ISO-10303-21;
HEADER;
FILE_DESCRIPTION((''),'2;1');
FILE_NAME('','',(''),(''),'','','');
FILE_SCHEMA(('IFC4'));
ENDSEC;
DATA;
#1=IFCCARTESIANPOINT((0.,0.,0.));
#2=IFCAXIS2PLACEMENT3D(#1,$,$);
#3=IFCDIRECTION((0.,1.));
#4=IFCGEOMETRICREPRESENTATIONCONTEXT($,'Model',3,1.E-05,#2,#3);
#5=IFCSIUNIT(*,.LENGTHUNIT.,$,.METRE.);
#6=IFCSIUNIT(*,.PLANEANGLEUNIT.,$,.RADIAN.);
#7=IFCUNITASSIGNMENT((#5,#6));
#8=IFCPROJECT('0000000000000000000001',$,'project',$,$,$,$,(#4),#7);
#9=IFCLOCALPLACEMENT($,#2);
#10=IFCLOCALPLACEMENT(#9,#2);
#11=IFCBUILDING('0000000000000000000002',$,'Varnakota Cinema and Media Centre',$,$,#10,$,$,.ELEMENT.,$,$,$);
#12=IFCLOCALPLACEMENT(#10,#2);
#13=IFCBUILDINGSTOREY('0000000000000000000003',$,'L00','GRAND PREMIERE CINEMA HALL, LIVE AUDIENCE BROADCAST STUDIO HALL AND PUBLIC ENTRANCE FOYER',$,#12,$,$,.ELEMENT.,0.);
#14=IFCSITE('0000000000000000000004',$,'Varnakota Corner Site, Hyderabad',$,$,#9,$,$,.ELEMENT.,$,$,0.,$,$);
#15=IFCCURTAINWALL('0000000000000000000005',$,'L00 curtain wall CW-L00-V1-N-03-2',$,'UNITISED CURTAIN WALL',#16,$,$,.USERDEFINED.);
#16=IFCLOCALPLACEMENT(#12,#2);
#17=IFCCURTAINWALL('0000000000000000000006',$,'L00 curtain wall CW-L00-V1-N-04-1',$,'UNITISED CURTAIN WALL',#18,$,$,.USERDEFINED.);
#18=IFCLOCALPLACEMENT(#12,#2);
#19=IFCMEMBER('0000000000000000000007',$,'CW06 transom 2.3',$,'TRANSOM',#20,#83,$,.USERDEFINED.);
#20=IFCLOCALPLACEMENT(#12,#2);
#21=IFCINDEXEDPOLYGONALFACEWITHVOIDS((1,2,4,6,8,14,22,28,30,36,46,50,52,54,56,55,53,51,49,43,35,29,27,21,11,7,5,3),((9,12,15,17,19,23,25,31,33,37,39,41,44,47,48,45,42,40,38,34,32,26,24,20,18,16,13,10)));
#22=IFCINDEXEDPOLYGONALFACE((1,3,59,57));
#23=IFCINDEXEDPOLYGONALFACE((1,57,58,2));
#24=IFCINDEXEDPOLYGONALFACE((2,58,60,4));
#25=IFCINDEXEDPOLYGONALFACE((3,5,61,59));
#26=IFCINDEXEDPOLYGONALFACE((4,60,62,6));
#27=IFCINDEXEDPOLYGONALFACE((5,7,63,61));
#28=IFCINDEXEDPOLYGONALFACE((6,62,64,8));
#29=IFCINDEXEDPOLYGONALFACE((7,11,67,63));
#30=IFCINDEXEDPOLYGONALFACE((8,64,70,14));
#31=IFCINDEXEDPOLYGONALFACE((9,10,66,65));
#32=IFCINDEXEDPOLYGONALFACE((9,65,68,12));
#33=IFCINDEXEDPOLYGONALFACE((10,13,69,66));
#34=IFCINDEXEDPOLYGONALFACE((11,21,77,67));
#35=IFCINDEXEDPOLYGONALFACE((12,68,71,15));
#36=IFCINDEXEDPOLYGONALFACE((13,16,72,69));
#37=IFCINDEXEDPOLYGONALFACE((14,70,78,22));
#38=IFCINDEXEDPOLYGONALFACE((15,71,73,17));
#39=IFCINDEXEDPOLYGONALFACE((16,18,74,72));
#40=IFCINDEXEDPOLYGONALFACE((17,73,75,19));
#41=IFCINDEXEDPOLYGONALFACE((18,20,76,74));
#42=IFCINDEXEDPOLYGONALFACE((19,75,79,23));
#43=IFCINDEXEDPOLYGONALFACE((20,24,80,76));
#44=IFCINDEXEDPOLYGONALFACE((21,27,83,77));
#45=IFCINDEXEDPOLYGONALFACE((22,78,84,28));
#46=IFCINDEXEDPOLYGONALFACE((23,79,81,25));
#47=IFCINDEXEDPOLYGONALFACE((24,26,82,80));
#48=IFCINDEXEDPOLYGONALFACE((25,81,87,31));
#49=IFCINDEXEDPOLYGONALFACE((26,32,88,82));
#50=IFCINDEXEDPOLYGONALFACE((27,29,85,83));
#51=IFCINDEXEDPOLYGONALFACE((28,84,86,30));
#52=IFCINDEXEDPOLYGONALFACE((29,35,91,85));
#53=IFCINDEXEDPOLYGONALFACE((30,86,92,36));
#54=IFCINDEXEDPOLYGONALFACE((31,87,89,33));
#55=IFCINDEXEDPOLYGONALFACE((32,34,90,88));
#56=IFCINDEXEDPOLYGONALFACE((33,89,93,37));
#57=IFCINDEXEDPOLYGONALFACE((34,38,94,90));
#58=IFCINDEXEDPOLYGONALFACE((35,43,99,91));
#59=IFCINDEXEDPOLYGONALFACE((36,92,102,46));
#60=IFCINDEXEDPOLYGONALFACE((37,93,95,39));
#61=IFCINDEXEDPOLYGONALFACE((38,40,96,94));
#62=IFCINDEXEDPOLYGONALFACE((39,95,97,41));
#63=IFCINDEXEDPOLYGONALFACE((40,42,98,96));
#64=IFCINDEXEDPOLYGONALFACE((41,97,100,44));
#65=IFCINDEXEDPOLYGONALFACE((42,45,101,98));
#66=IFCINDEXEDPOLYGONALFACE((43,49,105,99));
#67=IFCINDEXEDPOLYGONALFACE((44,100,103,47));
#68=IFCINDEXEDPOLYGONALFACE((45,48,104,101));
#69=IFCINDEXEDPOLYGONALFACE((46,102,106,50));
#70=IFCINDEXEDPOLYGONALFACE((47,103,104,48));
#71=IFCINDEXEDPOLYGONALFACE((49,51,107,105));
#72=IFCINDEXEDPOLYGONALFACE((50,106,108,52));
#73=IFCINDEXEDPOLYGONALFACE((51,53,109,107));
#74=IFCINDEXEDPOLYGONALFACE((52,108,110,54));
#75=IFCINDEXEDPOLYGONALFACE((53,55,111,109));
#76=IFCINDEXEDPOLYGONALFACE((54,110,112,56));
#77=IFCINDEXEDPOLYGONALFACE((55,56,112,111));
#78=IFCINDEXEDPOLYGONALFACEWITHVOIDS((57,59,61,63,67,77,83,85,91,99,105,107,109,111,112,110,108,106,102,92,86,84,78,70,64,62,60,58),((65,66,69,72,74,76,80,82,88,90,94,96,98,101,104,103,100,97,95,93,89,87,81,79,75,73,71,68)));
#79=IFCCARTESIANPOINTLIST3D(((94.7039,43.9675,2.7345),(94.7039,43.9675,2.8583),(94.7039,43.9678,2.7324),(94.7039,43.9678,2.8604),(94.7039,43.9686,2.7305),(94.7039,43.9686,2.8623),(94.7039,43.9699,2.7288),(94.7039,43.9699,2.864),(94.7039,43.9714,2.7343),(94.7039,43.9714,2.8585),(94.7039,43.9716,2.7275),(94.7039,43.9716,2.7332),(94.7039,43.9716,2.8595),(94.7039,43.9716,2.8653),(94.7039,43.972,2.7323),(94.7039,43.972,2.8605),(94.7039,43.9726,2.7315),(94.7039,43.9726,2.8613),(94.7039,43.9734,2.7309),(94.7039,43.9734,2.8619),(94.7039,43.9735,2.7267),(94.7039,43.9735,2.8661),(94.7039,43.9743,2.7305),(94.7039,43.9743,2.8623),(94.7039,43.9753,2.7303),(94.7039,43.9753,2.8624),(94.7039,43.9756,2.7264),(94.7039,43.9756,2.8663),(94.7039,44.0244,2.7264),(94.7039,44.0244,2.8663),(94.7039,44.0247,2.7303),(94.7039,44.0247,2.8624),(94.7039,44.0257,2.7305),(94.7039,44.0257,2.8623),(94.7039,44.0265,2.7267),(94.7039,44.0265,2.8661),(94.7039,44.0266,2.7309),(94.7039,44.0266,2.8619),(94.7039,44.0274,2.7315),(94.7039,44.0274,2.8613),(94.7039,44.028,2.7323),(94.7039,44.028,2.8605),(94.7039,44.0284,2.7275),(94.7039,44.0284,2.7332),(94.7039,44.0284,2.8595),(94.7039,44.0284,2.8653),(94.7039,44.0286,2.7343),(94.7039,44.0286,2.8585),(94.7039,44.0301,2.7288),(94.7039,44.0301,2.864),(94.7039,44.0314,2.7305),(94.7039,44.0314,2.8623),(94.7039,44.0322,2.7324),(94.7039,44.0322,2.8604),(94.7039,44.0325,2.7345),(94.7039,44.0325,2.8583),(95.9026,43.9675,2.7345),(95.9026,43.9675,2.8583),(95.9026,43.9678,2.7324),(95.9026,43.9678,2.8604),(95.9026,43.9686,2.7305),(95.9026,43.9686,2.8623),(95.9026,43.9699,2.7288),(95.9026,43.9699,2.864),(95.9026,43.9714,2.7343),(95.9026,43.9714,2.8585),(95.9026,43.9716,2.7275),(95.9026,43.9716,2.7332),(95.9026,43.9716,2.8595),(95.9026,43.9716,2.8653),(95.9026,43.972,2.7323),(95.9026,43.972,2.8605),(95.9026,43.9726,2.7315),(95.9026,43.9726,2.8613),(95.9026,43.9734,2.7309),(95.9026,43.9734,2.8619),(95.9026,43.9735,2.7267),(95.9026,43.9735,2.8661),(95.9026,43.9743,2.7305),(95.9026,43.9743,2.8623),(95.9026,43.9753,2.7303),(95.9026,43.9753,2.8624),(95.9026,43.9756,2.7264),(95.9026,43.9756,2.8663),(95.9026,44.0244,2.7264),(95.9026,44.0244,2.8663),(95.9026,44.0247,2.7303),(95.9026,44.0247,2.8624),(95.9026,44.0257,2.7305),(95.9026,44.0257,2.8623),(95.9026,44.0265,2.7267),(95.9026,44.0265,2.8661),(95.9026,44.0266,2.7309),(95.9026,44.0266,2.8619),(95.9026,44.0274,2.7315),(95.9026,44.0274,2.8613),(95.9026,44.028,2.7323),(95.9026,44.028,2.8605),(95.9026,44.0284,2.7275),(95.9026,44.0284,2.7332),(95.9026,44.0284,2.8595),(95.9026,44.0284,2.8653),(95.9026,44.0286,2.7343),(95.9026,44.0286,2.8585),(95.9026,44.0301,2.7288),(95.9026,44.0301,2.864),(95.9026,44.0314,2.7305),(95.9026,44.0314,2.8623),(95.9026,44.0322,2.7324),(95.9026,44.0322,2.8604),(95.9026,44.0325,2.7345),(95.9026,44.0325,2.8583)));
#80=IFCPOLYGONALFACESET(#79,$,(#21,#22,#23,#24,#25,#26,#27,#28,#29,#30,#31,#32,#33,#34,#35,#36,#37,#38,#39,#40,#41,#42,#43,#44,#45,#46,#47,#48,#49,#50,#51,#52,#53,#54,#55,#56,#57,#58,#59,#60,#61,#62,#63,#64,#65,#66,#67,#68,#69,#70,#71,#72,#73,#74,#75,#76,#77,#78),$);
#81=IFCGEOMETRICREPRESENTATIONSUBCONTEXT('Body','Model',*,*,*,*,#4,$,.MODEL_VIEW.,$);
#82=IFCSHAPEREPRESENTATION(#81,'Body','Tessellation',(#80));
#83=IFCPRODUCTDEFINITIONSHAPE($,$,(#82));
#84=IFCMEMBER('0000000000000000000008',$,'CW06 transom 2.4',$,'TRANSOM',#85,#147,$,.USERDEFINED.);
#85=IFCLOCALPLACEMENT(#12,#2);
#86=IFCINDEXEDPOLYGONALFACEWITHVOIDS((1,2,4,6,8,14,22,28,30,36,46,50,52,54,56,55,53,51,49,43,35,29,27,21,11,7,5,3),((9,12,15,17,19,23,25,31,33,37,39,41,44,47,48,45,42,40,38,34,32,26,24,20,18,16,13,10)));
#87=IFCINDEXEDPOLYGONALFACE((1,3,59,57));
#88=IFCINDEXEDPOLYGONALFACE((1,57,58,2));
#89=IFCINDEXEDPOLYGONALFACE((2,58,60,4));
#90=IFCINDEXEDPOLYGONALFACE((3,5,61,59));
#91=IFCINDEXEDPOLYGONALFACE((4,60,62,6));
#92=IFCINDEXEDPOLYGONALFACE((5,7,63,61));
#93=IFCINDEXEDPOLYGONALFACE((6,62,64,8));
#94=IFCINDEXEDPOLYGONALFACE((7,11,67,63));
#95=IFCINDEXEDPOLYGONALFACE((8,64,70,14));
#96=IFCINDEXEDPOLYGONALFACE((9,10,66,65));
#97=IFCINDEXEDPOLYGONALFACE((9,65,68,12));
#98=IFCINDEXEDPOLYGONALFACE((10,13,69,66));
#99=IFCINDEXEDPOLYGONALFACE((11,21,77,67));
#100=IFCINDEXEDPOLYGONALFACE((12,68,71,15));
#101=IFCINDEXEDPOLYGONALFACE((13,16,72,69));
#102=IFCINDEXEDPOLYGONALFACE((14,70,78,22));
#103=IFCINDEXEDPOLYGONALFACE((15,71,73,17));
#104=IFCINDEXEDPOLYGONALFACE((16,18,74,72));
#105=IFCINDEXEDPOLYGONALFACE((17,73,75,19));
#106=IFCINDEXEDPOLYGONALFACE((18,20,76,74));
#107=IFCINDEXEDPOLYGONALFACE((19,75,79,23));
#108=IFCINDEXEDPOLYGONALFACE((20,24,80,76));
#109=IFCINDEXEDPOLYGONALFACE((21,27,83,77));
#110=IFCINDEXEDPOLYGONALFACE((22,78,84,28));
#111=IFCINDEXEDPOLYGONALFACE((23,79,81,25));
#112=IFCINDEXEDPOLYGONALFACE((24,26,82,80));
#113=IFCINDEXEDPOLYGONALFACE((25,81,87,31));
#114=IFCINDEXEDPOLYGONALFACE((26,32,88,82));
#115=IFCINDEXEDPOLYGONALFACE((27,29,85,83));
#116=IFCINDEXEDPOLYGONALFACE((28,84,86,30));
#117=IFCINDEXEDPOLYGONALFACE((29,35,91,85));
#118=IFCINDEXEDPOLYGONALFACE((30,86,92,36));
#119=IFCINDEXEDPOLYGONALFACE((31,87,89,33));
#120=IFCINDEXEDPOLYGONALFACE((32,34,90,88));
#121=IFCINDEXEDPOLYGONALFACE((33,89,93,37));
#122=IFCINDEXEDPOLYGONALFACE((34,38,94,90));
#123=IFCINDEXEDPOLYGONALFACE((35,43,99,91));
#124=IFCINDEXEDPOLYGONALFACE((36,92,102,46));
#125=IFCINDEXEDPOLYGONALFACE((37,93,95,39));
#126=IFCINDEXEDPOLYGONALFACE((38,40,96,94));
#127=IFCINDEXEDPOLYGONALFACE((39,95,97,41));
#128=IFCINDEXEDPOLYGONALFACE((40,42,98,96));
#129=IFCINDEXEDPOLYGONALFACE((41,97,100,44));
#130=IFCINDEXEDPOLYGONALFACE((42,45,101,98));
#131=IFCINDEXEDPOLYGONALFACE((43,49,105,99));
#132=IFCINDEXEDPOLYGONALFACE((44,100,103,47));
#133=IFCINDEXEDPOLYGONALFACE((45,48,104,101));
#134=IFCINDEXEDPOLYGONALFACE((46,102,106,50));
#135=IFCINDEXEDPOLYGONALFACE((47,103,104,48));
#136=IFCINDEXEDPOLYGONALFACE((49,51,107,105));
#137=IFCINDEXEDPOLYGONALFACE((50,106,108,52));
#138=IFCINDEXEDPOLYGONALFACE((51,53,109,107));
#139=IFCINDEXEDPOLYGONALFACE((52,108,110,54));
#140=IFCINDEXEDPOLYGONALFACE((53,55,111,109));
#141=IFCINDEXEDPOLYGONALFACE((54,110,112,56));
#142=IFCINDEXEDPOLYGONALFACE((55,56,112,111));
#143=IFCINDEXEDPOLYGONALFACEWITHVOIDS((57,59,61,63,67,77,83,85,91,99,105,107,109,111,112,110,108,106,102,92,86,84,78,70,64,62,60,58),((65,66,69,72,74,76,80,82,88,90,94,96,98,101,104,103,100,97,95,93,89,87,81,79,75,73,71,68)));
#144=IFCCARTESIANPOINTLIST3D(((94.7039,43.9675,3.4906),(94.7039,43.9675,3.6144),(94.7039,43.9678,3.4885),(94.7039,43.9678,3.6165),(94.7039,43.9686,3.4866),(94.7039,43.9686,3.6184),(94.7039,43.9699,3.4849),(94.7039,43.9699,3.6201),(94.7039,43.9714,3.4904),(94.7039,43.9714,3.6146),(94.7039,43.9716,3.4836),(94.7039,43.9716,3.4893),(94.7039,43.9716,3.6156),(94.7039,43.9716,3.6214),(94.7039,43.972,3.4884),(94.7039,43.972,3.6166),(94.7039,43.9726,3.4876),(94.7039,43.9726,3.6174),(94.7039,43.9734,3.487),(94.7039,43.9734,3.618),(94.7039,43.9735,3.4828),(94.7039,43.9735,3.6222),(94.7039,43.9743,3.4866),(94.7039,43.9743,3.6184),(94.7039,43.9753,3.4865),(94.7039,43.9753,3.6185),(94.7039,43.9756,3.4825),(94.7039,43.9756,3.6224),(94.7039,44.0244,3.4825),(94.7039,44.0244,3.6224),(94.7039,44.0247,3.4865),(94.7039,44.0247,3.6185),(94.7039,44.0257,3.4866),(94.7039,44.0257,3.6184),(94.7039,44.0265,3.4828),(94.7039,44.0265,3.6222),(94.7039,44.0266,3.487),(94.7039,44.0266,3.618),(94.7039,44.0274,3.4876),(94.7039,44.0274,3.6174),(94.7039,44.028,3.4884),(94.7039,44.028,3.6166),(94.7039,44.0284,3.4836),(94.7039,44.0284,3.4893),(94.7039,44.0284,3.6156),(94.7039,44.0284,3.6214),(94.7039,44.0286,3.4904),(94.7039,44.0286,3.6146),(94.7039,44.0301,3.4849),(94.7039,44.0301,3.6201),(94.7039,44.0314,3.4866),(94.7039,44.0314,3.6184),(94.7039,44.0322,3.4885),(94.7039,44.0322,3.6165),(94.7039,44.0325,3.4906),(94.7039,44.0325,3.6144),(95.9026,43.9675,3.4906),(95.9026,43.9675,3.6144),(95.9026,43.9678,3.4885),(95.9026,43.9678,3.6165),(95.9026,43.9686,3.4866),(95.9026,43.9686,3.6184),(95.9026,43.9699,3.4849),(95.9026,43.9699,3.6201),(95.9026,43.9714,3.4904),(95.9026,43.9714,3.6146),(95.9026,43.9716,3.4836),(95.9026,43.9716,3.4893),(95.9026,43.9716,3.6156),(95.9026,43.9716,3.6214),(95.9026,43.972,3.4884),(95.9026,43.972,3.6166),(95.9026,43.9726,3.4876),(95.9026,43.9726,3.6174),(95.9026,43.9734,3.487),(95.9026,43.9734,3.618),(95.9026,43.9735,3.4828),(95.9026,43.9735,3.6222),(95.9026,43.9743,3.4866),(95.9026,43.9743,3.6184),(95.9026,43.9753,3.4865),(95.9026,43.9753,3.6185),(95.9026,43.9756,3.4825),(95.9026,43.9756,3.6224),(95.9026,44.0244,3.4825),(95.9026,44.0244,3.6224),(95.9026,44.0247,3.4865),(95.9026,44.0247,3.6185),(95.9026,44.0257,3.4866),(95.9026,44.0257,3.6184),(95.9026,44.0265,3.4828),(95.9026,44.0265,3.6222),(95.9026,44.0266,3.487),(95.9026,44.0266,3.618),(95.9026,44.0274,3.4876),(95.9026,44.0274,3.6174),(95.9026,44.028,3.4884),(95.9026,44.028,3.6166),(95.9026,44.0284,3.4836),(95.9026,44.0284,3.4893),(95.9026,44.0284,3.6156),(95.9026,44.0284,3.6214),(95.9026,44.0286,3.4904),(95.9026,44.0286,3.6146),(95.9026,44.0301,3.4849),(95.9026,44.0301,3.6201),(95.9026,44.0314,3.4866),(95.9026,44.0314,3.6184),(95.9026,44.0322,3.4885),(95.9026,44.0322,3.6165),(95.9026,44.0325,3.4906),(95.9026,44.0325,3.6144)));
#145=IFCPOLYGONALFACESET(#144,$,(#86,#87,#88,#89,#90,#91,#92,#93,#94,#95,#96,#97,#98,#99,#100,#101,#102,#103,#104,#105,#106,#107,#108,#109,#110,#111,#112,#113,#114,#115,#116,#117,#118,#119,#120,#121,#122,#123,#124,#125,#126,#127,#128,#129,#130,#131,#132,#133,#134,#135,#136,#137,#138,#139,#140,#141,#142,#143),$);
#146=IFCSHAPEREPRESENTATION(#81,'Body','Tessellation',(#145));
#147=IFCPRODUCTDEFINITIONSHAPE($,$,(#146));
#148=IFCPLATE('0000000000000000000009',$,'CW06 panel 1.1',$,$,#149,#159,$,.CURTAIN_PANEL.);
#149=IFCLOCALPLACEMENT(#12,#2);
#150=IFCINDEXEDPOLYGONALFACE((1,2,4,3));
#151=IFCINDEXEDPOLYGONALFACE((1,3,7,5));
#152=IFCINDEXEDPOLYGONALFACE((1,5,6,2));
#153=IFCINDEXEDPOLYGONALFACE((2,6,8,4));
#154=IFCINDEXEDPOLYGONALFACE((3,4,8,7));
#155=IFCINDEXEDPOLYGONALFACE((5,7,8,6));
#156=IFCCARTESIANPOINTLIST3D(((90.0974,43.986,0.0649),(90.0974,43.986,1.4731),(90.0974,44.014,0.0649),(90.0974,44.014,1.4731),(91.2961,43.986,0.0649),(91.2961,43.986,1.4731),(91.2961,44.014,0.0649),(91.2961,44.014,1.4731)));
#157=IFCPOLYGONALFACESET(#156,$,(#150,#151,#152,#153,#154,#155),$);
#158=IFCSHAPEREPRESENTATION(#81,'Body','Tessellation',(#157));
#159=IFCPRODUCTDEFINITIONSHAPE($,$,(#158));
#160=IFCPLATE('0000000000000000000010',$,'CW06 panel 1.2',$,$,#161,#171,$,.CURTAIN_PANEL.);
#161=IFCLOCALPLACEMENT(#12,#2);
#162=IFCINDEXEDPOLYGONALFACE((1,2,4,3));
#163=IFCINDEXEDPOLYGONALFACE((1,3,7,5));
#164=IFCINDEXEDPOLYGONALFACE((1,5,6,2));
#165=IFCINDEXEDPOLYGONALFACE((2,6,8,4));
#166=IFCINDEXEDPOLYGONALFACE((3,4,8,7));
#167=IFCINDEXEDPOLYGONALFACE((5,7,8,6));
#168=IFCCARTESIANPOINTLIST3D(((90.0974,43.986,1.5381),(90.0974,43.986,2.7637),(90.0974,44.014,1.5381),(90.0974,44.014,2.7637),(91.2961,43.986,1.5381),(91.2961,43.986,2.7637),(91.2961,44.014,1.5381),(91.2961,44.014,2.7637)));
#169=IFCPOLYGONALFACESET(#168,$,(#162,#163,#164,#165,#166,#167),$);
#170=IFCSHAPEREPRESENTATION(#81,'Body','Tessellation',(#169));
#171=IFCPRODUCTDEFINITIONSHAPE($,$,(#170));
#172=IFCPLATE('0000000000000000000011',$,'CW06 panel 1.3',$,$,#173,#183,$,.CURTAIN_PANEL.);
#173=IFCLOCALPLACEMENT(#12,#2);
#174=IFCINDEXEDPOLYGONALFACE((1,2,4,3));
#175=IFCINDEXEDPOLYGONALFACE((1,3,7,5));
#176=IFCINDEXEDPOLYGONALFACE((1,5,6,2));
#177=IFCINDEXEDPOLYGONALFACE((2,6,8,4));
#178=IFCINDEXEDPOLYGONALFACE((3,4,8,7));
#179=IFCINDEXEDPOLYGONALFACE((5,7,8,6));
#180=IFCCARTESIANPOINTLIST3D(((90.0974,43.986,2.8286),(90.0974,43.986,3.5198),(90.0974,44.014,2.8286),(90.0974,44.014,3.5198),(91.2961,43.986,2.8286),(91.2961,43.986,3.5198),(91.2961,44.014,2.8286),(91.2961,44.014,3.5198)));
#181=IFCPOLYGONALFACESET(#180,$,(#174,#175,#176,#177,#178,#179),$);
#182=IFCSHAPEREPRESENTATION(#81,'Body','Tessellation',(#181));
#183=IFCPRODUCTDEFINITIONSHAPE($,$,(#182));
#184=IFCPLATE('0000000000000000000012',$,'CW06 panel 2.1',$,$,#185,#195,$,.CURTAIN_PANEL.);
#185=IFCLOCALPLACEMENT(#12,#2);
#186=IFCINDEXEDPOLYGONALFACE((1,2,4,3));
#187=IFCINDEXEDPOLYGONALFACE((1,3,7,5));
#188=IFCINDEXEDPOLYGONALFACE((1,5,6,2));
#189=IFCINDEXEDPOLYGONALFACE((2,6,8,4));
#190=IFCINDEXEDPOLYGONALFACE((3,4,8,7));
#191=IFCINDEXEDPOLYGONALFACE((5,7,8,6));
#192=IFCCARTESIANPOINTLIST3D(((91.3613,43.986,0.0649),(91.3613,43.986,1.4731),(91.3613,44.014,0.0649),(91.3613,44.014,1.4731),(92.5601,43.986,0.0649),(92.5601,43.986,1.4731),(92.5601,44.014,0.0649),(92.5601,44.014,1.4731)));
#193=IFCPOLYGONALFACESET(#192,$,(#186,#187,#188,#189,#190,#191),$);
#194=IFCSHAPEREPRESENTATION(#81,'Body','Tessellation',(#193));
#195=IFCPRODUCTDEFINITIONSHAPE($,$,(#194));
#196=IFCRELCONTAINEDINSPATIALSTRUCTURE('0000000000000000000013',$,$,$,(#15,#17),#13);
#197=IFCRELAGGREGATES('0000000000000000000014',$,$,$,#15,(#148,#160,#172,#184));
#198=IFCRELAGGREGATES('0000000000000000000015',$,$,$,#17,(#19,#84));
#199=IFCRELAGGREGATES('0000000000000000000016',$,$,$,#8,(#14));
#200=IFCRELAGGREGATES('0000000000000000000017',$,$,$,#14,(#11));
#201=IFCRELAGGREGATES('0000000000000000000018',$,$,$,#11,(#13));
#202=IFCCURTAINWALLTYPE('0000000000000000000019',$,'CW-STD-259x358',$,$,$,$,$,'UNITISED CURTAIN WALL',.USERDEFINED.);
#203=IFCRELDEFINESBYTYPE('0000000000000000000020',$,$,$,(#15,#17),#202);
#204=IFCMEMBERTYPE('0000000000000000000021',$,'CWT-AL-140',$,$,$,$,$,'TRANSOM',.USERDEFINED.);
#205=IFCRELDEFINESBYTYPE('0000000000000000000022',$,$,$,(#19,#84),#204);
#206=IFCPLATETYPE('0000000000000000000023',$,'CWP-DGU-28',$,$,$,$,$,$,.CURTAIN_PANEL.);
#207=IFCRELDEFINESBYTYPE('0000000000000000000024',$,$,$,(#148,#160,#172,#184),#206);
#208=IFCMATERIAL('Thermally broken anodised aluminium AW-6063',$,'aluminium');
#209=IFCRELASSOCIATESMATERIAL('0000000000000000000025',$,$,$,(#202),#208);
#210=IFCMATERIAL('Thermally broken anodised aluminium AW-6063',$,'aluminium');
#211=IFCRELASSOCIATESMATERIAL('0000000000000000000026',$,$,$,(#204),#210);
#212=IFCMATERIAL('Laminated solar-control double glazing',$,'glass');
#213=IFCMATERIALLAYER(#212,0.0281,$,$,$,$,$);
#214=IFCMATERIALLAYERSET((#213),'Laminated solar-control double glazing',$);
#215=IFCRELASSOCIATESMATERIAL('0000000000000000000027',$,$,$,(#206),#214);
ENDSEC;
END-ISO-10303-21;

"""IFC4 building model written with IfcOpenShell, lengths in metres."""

from ifc_helpers import new_model, si_unit, direction, frame, origin, origin_2d, place, context, subcontext, project, spatial, rectangle, hollow_rectangle, extrude, material, layer, layer_set, material_profile, profile_set, type_object, element, aggregate, save


model = new_model("IFC4")

# Units and contexts
model_context = context("Model", 3, precision=1e-05, world=origin(), true_north=direction((0.0, 1.0)))
body_context = subcontext(model_context, "Body", "Model", "MODEL_VIEW")
ifc_project = project(units=[si_unit("LENGTHUNIT", "METRE"), si_unit("PLANEANGLEUNIT", "RADIAN")], contexts=[model_context])

# Site, building, storey
site_placement = place(None, origin())
site = spatial("IfcSite", under=ifc_project, at=site_placement, Name="Varnakota Corner Site, Hyderabad", CompositionType="ELEMENT", RefElevation=0.0)
building_placement = place(site_placement, origin())
building = spatial("IfcBuilding", under=site, at=building_placement, Name="Varnakota Cinema and Media Centre", CompositionType="ELEMENT")
storey_placement = place(building_placement, origin())
storey = spatial("IfcBuildingStorey", under=building, at=storey_placement, Name="L00", Description="GRAND PREMIERE CINEMA HALL, LIVE AUDIENCE BROADCAST STUDIO HALL AND PUBLIC ENTRANCE FOYER", CompositionType="ELEMENT", Elevation=0.0)

# Curtain walls
ifc_material_1 = material(Name="Thermally broken anodised aluminium AW-6063", Category="aluminium")
curtain_wall_type = type_object("IfcCurtainWallType", Name="CW-STD-259x358", ElementType="UNITISED CURTAIN WALL", PredefinedType="USERDEFINED", material=ifc_material_1)
curtain_wall_1_placement = place(storey_placement, origin())
curtain_wall_1 = element("IfcCurtainWall", 1, at=curtain_wall_1_placement, inside=storey, type_object=curtain_wall_type, Name="L00 curtain wall CW-L00-V1-N-03-2", ObjectType="UNITISED CURTAIN WALL", PredefinedType="USERDEFINED")
curtain_wall_2_placement = place(storey_placement, origin())
curtain_wall_2 = element("IfcCurtainWall", 2, at=curtain_wall_2_placement, inside=storey, type_object=curtain_wall_type, Name="L00 curtain wall CW-L00-V1-N-04-1", ObjectType="UNITISED CURTAIN WALL", PredefinedType="USERDEFINED")

# Members
ifc_material_2 = material(Name="Thermally broken anodised aluminium AW-6063", Category="aluminium")
ifc_material_profile_1 = material_profile(ifc_material_2, hollow_rectangle(XDim=0.0649, YDim=0.1399, WallThickness=0.0039, InnerFilletRadius=0.0039, OuterFilletRadius=0.0081, at=origin_2d()), Name="AL-TRANSOM 140x65x4")
ifc_profile_set_1 = profile_set([ifc_material_profile_1], Name="Thermally broken anodised aluminium AW-6063")
member_type_1 = type_object("IfcMemberType", Name="CWT-AL-140", ElementType="TRANSOM", PredefinedType="USERDEFINED", material=ifc_profile_set_1)
member_1_placement = place(storey_placement, frame((94.7039, 44.0, 2.7964), z_axis=(1.0, 0.0, 0.0), x_axis=(0.0, 1.0, 0.0)))
member_1 = element("IfcMember", 3, at=member_1_placement, type_object=member_type_1, Name="CW06 transom 2.3", ObjectType="TRANSOM", PredefinedType="USERDEFINED", context=body_context, shape_type="SweptSolid", body=[
    extrude(hollow_rectangle(XDim=0.0649, YDim=0.1399, WallThickness=0.0039, InnerFilletRadius=0.0039, OuterFilletRadius=0.0081, at=origin_2d()), origin(), (0.0, 0.0, 1.0), 1.1987),
])
member_2_placement = place(storey_placement, frame((94.7039, 44.0, 3.5525), z_axis=(1.0, 0.0, 0.0), x_axis=(0.0, 1.0, 0.0)))
member_2 = element("IfcMember", 4, at=member_2_placement, type_object=member_type_1, Name="CW06 transom 2.4", ObjectType="TRANSOM", PredefinedType="USERDEFINED", context=body_context, shape_type="SweptSolid", body=[
    extrude(hollow_rectangle(XDim=0.0649, YDim=0.1399, WallThickness=0.0039, InnerFilletRadius=0.0039, OuterFilletRadius=0.0081, at=origin_2d()), origin(), (0.0, 0.0, 1.0), 1.1987),
])

# Plates
ifc_material_3 = material(Name="Laminated solar-control double glazing", Category="glass")
ifc_layer = layer(ifc_material_3, 0.0281)
ifc_layer_set = layer_set([ifc_layer], Name="Laminated solar-control double glazing")
plate_type = type_object("IfcPlateType", Name="CWP-DGU-28", PredefinedType="CURTAIN_PANEL", material=ifc_layer_set)
plate_1_placement = place(storey_placement, frame((90.6968, 44.0, 0.0649), z_axis=(0.0, 0.0, 1.0), x_axis=(1.0, 0.0, 0.0)))
plate_1 = element("IfcPlate", 5, at=plate_1_placement, type_object=plate_type, Name="CW06 panel 1.1", PredefinedType="CURTAIN_PANEL", context=body_context, shape_type="SweptSolid", body=[
    extrude(rectangle(XDim=1.1987, YDim=0.0281, at=origin_2d()), origin(), (0.0, 0.0, 1.0), 1.4082),
])
plate_2_placement = place(storey_placement, frame((90.6968, 44.0, 1.5381), z_axis=(0.0, 0.0, 1.0), x_axis=(1.0, 0.0, 0.0)))
plate_2 = element("IfcPlate", 6, at=plate_2_placement, type_object=plate_type, Name="CW06 panel 1.2", PredefinedType="CURTAIN_PANEL", context=body_context, shape_type="SweptSolid", body=[
    extrude(rectangle(XDim=1.1987, YDim=0.0281, at=origin_2d()), origin(), (0.0, 0.0, 1.0), 1.2256),
])
plate_3_placement = place(storey_placement, frame((90.6968, 44.0, 2.8286), z_axis=(0.0, 0.0, 1.0), x_axis=(1.0, 0.0, 0.0)))
plate_3 = element("IfcPlate", 7, at=plate_3_placement, type_object=plate_type, Name="CW06 panel 1.3", PredefinedType="CURTAIN_PANEL", context=body_context, shape_type="SweptSolid", body=[
    extrude(rectangle(XDim=1.1987, YDim=0.0281, at=origin_2d()), origin(), (0.0, 0.0, 1.0), 0.6912),
])
plate_4_placement = place(storey_placement, frame((91.9607, 44.0, 0.0649), z_axis=(0.0, 0.0, 1.0), x_axis=(1.0, 0.0, 0.0)))
plate_4 = element("IfcPlate", 8, at=plate_4_placement, type_object=plate_type, Name="CW06 panel 2.1", PredefinedType="CURTAIN_PANEL", context=body_context, shape_type="SweptSolid", body=[
    extrude(rectangle(XDim=1.1987, YDim=0.0281, at=origin_2d()), origin(), (0.0, 0.0, 1.0), 1.4082),
])
aggregate(curtain_wall_1, [plate_1, plate_2, plate_3, plate_4])
aggregate(curtain_wall_2, [member_1, member_2])

save(model, "model.ifc")
